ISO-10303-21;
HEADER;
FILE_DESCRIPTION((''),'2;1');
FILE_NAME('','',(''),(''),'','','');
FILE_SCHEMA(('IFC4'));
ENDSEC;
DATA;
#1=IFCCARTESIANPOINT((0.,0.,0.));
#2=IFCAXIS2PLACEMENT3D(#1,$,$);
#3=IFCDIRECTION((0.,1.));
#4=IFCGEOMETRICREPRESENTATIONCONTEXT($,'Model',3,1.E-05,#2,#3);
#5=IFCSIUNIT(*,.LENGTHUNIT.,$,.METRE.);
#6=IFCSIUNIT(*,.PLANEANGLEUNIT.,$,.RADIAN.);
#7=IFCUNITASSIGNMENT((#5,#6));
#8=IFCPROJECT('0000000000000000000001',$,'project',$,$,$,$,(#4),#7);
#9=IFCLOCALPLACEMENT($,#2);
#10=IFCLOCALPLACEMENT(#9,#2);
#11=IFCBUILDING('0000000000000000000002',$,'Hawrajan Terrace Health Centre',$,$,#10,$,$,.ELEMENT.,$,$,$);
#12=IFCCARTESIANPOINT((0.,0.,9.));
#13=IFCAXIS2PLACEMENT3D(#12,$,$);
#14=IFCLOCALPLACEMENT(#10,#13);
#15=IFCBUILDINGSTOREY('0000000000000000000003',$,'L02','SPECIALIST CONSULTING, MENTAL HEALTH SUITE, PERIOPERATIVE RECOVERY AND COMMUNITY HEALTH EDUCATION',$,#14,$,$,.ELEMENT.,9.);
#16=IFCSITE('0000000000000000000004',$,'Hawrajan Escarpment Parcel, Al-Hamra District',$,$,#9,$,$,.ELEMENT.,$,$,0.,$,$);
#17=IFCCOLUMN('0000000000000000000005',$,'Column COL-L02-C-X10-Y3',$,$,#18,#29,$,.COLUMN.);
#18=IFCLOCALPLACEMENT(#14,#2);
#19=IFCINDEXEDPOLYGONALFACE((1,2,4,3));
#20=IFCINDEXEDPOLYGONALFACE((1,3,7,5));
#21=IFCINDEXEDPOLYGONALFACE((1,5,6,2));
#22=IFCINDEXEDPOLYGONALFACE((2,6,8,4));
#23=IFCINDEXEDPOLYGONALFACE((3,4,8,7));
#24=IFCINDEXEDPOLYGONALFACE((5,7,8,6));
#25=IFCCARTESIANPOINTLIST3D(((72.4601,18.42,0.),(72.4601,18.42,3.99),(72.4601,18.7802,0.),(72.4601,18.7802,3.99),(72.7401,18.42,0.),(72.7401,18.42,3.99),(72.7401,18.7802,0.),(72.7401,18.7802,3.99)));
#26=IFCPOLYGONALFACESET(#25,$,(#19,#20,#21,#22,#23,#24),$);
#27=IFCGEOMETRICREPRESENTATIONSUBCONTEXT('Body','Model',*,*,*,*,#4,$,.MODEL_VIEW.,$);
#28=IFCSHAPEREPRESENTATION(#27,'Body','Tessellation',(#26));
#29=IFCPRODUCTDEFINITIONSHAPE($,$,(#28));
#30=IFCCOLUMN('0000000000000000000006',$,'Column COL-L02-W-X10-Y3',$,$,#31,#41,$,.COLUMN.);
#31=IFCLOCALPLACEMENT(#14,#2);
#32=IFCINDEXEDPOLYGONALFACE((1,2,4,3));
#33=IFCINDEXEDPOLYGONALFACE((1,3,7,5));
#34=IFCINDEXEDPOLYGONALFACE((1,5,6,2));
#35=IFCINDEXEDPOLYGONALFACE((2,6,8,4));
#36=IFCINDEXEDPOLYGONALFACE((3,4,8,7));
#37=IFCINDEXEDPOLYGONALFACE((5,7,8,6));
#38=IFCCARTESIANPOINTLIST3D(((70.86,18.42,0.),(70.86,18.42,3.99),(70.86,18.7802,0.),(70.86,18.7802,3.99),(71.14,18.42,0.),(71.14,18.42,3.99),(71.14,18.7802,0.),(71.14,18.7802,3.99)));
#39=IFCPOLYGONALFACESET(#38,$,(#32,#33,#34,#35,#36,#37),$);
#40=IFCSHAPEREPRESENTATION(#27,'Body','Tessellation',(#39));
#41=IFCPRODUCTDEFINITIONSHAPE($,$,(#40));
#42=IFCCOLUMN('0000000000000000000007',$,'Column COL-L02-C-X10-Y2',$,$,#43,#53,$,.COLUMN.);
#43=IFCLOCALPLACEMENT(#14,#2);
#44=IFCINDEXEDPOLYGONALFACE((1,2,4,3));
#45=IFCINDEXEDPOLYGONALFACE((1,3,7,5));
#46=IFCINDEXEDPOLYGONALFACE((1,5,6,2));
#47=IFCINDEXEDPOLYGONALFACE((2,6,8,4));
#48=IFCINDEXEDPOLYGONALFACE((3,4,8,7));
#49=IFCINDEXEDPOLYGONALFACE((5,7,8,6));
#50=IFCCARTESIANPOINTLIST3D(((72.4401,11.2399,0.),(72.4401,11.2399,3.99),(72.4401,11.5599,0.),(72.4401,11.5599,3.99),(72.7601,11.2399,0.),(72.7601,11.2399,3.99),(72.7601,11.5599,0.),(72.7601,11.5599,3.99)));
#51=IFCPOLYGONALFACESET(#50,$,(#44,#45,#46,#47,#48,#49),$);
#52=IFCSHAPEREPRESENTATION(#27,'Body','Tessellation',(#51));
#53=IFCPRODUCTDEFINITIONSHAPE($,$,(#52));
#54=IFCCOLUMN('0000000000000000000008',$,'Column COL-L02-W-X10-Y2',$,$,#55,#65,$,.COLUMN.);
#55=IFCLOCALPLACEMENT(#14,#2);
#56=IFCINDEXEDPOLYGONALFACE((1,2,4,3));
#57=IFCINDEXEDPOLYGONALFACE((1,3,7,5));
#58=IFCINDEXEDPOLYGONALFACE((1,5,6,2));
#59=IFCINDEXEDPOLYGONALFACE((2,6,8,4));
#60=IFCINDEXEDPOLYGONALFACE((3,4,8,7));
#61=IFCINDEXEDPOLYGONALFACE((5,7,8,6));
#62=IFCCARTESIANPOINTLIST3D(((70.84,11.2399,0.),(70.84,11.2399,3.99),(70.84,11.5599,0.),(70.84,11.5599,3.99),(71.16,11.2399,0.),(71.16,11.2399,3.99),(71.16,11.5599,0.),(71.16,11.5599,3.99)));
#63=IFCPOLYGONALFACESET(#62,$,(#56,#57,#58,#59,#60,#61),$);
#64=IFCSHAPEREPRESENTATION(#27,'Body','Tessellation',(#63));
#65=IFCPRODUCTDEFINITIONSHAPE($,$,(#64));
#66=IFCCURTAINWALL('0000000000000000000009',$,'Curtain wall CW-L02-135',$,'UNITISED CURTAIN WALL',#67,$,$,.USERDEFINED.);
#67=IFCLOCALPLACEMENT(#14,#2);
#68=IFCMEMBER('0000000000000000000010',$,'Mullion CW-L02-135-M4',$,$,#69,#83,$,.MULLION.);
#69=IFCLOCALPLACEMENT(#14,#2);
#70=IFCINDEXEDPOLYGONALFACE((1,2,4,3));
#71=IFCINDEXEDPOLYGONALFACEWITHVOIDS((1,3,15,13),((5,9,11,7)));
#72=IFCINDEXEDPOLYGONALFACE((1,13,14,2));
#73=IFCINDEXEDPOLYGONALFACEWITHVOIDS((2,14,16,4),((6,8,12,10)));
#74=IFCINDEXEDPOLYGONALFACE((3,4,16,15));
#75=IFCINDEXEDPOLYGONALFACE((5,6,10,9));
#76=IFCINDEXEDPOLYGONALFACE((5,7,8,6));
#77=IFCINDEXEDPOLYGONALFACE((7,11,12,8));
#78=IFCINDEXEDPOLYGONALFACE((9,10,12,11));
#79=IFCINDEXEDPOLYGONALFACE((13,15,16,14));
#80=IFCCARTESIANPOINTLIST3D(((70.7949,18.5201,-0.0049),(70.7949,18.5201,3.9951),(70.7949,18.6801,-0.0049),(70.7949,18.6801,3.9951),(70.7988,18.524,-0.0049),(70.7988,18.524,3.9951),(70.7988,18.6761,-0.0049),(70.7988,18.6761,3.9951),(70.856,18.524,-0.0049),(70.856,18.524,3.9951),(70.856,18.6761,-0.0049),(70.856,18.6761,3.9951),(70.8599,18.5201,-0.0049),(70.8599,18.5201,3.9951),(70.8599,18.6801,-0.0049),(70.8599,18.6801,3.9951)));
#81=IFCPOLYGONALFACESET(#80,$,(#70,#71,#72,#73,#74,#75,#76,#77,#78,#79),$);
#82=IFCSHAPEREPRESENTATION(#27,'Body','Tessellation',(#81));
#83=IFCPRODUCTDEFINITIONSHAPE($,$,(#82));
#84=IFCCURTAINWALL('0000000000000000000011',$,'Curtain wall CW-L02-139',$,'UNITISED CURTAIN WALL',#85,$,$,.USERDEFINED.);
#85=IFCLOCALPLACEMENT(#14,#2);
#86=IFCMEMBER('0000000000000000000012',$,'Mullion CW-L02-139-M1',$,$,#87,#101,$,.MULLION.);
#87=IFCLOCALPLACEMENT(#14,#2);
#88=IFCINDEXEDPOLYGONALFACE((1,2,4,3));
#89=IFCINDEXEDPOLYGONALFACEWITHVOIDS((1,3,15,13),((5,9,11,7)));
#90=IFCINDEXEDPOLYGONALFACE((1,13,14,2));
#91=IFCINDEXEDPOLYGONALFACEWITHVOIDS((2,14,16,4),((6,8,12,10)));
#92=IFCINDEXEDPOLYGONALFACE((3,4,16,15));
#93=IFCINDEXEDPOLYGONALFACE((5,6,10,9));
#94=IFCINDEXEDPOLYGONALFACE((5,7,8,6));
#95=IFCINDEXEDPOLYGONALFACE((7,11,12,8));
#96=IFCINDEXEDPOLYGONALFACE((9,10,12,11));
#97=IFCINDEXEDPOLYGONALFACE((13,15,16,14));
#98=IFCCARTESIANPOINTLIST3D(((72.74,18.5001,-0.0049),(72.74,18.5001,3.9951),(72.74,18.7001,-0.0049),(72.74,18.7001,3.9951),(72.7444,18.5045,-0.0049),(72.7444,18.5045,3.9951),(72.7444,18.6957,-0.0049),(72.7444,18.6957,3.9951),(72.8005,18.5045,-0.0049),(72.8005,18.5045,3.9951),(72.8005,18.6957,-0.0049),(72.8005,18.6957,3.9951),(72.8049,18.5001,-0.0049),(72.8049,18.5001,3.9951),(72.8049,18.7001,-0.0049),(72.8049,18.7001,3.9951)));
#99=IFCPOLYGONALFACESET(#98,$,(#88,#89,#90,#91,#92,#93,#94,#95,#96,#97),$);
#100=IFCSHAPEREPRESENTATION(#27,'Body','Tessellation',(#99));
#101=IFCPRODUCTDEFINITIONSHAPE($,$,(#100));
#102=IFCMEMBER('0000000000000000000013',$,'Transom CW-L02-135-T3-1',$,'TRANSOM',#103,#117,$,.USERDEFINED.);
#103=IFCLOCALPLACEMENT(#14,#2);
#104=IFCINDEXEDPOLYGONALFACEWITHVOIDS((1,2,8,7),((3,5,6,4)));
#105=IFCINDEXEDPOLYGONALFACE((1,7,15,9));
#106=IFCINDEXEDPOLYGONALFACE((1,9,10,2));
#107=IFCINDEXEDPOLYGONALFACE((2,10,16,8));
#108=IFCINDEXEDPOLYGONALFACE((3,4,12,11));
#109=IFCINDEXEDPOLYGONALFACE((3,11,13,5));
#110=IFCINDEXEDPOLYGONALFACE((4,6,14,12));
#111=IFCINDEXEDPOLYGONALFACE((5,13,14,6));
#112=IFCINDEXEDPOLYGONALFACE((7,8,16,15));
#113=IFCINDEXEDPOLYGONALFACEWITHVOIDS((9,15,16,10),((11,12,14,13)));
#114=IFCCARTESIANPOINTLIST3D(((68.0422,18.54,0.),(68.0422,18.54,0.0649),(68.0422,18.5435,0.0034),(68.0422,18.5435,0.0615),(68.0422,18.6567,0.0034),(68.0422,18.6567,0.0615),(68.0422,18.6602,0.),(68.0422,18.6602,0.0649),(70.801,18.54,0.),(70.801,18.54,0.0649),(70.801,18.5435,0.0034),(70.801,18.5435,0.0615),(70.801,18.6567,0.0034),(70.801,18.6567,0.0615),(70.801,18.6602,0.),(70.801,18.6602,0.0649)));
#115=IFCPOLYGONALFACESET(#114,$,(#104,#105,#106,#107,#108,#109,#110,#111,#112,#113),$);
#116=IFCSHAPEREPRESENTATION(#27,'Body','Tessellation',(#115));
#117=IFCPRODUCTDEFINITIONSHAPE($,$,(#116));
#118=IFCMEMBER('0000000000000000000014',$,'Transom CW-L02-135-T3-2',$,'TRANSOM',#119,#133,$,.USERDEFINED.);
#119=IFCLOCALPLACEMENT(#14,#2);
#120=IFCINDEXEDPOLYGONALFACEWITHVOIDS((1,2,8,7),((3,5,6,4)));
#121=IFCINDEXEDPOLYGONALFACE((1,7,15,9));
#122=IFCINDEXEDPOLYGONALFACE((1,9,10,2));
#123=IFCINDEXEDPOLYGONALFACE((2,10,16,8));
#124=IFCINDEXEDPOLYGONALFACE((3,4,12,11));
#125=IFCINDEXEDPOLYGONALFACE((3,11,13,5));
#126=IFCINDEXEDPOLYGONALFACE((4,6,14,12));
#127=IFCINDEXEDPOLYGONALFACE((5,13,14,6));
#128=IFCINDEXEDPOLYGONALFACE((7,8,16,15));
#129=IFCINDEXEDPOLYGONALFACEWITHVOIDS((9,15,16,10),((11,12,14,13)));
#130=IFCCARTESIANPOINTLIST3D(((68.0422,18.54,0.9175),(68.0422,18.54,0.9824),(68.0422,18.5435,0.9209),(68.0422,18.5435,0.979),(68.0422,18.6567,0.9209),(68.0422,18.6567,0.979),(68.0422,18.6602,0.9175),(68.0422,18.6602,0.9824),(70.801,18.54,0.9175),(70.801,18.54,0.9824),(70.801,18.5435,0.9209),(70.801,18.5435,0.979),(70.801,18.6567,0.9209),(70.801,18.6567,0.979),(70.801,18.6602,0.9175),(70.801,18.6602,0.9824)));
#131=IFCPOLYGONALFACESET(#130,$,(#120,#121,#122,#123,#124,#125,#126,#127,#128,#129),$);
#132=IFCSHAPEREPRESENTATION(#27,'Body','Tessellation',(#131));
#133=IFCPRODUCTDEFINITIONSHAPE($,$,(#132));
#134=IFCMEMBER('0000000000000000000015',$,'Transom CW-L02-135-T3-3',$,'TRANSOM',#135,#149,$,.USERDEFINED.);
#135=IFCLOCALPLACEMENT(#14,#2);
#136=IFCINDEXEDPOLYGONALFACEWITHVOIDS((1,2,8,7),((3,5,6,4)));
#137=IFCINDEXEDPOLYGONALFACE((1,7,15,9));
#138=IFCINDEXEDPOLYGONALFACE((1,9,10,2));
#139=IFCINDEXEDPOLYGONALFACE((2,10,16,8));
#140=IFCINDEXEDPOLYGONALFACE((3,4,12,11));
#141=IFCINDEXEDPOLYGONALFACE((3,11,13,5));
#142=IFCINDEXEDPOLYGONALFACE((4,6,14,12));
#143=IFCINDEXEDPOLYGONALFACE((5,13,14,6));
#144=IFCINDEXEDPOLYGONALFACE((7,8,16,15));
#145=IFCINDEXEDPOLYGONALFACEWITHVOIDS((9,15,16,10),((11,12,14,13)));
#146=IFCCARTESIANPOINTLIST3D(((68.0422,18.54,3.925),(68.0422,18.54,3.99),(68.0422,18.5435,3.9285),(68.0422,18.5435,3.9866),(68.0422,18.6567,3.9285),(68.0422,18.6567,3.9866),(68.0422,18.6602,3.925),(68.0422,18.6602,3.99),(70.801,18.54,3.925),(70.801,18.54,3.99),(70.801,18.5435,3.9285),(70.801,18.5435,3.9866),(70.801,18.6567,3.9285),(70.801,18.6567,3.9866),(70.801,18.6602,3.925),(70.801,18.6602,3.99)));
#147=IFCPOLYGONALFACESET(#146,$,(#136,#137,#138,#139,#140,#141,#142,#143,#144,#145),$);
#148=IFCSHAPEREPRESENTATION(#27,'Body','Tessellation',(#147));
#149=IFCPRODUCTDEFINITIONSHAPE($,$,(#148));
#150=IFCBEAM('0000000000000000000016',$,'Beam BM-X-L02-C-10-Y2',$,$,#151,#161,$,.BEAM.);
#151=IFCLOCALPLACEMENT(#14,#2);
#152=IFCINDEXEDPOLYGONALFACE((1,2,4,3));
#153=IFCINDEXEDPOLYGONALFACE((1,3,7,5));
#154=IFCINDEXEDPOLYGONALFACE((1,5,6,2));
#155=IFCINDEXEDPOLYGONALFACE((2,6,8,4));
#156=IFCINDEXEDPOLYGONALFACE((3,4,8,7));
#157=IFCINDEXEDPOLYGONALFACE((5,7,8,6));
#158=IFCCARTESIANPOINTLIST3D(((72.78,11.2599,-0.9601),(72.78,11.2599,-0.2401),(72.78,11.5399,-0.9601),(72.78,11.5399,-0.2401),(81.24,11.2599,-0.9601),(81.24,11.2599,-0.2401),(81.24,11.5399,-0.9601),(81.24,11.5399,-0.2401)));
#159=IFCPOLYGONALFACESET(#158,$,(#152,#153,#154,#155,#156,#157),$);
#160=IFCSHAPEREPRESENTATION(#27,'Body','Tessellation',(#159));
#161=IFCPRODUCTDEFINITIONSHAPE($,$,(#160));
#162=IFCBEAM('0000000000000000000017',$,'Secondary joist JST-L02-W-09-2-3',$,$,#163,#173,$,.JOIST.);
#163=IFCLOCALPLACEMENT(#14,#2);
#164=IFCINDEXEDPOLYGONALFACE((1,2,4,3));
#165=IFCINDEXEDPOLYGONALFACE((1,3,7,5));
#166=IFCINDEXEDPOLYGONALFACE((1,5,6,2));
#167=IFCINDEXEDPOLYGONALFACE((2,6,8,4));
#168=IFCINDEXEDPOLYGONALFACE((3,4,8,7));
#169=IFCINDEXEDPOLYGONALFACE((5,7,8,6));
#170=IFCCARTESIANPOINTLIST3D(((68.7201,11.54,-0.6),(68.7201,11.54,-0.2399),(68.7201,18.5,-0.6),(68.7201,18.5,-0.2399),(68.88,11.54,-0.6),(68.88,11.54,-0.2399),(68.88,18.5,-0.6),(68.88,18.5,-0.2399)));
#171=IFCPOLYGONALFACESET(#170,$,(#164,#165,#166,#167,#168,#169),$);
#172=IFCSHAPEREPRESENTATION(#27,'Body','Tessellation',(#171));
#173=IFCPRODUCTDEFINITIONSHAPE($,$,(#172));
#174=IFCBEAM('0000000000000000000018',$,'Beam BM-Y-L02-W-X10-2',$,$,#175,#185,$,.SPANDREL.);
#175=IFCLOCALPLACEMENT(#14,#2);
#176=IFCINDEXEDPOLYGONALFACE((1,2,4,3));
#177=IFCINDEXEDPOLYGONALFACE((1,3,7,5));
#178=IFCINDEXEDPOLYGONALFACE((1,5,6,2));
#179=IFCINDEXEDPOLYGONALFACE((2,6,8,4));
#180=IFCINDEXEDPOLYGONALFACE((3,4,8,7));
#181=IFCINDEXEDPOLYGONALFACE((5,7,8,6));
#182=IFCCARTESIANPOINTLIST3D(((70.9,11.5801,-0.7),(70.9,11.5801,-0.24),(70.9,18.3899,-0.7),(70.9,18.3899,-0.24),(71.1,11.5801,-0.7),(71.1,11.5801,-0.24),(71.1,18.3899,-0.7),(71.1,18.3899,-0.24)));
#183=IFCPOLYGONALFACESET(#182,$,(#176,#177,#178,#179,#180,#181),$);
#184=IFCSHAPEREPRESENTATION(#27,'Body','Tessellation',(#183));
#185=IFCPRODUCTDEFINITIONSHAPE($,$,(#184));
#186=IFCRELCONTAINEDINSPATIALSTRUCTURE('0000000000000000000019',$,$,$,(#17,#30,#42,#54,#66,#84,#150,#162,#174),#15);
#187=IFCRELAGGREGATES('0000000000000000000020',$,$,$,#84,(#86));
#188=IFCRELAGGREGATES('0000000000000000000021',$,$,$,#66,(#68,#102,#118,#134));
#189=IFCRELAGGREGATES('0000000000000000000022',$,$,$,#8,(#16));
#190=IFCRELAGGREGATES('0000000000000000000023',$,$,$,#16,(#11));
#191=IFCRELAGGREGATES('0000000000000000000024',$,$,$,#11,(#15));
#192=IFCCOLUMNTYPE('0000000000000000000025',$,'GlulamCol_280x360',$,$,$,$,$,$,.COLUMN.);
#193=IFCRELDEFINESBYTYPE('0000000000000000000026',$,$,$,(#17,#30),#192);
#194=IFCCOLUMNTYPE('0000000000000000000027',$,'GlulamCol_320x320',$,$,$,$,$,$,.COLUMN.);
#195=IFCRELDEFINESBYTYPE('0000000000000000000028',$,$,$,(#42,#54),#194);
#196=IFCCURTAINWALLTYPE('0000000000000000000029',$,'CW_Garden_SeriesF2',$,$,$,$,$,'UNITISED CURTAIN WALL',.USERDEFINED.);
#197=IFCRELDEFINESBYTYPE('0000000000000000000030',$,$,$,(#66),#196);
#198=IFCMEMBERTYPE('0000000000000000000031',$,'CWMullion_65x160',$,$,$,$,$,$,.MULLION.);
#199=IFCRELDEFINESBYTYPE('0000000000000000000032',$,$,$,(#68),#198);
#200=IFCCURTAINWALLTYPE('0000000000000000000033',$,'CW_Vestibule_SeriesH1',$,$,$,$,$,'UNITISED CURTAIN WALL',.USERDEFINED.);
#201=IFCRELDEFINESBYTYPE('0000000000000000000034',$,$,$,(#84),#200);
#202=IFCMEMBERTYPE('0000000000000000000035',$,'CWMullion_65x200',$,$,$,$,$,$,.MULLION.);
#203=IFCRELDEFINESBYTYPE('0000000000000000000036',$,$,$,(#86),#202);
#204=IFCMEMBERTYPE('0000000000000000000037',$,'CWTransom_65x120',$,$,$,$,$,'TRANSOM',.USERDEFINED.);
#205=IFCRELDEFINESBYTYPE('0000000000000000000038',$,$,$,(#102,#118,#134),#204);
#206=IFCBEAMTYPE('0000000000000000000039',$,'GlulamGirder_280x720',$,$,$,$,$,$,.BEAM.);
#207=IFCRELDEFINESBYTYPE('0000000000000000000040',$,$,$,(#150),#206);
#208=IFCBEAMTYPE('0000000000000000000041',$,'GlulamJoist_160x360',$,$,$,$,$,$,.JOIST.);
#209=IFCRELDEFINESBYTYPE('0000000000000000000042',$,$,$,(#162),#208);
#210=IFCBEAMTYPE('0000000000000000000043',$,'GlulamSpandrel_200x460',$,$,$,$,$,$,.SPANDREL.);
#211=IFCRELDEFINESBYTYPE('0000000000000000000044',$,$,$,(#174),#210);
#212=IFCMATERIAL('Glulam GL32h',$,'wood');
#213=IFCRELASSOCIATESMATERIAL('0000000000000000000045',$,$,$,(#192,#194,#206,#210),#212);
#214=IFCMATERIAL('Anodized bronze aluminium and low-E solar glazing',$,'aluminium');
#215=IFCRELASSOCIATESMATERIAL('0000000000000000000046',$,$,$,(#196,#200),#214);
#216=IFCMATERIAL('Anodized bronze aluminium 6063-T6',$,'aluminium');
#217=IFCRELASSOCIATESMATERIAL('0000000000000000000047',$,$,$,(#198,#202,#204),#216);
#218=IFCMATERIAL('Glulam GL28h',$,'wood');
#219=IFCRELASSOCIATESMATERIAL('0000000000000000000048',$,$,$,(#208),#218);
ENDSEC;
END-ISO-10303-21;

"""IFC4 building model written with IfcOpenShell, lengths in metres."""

from ifc_helpers import new_model, si_unit, direction, frame, origin, origin_2d, place, context, subcontext, project, spatial, rectangle, hollow_rectangle, extrude, material, material_profile, profile_set, type_object, element, aggregate, save


model = new_model("IFC4")

# Units and contexts
model_context = context("Model", 3, precision=1e-05, world=origin(), true_north=direction((0.0, 1.0)))
body_context = subcontext(model_context, "Body", "Model", "MODEL_VIEW")
ifc_project = project(units=[si_unit("LENGTHUNIT", "METRE"), si_unit("PLANEANGLEUNIT", "RADIAN")], contexts=[model_context])

# Site, building, storey
site_placement = place(None, origin())
site = spatial("IfcSite", under=ifc_project, at=site_placement, Name="Hawrajan Escarpment Parcel, Al-Hamra District", CompositionType="ELEMENT", RefElevation=0.0)
building_placement = place(site_placement, origin())
building = spatial("IfcBuilding", under=site, at=building_placement, Name="Hawrajan Terrace Health Centre", CompositionType="ELEMENT")
storey_placement = place(building_placement, frame((0.0, 0.0, 9.0)))
storey = spatial("IfcBuildingStorey", under=building, at=storey_placement, Name="L02", Description="SPECIALIST CONSULTING, MENTAL HEALTH SUITE, PERIOPERATIVE RECOVERY AND COMMUNITY HEALTH EDUCATION", CompositionType="ELEMENT", Elevation=9.0)

# Columns
ifc_material_1 = material(Name="Glulam GL32h", Category="wood")
ifc_material_profile_1 = material_profile(ifc_material_1, rectangle(XDim=0.28, YDim=0.3601, at=origin_2d()), Name="GL 280x360")
ifc_profile_set_1 = profile_set([ifc_material_profile_1], Name="Glulam GL32h")
column_type_1 = type_object("IfcColumnType", Name="GlulamCol_280x360", PredefinedType="COLUMN", material=ifc_profile_set_1)
for number, where, z_axis, x_axis, name in (
    (1, (72.6001, 18.6001, 0.0), (0.0, 0.0, 1.0), (1.0, 0.0, 0.0), "Column COL-L02-C-X10-Y3"),
    (2, (71.0, 18.6001, 0.0), (0.0, 0.0, 1.0), (1.0, 0.0, 0.0), "Column COL-L02-W-X10-Y3"),
):
    element("IfcColumn", number, at=place(storey_placement, frame(where, z_axis=z_axis, x_axis=x_axis)), inside=storey, type_object=column_type_1, Name=name, PredefinedType="COLUMN", context=body_context, shape_type="SweptSolid", body=[
        extrude(rectangle(XDim=0.28, YDim=0.3601, at=origin_2d()), origin(), (0.0, 0.0, 1.0), 3.99),
    ])
ifc_material_profile_2 = material_profile(ifc_material_1, rectangle(XDim=0.3201, YDim=0.3201, at=origin_2d()), Name="GL 320x320")
ifc_profile_set_2 = profile_set([ifc_material_profile_2], Name="Glulam GL32h")
column_type_2 = type_object("IfcColumnType", Name="GlulamCol_320x320", PredefinedType="COLUMN", material=ifc_profile_set_2)
for number, where, z_axis, x_axis, name in (
    (3, (72.6001, 11.3999, 0.0), (0.0, 0.0, 1.0), (1.0, 0.0, 0.0), "Column COL-L02-C-X10-Y2"),
    (4, (71.0, 11.3999, 0.0), (0.0, 0.0, 1.0), (1.0, 0.0, 0.0), "Column COL-L02-W-X10-Y2"),
):
    element("IfcColumn", number, at=place(storey_placement, frame(where, z_axis=z_axis, x_axis=x_axis)), inside=storey, type_object=column_type_2, Name=name, PredefinedType="COLUMN", context=body_context, shape_type="SweptSolid", body=[
        extrude(rectangle(XDim=0.3201, YDim=0.3201, at=origin_2d()), origin(), (0.0, 0.0, 1.0), 3.99),
    ])

# Curtain walls, members
ifc_material_2 = material(Name="Anodized bronze aluminium and low-E solar glazing", Category="aluminium")
curtain_wall_type_1 = type_object("IfcCurtainWallType", Name="CW_Garden_SeriesF2", ElementType="UNITISED CURTAIN WALL", PredefinedType="USERDEFINED", material=ifc_material_2)
curtain_wall_1_placement = place(storey_placement, origin())
curtain_wall_1 = element("IfcCurtainWall", 5, at=curtain_wall_1_placement, inside=storey, type_object=curtain_wall_type_1, Name="Curtain wall CW-L02-135", ObjectType="UNITISED CURTAIN WALL", PredefinedType="USERDEFINED")
ifc_material_3 = material(Name="Anodized bronze aluminium 6063-T6", Category="aluminium")
ifc_material_profile_3 = material_profile(ifc_material_3, hollow_rectangle(XDim=0.0649, YDim=0.1599, WallThickness=0.0039, at=origin_2d()), Name="CW MUL 65x160")
ifc_profile_set_3 = profile_set([ifc_material_profile_3], Name="Anodized bronze aluminium 6063-T6")
member_type_1 = type_object("IfcMemberType", Name="CWMullion_65x160", PredefinedType="MULLION", material=ifc_profile_set_3)
member_1_placement = place(storey_placement, frame((70.8274, 18.6001, -0.0049), z_axis=(0.0, 0.0, 1.0), x_axis=(1.0, 0.0, 0.0)))
member_1 = element("IfcMember", 6, at=member_1_placement, type_object=member_type_1, Name="Mullion CW-L02-135-M4", PredefinedType="MULLION", context=body_context, shape_type="SweptSolid", body=[
    extrude(hollow_rectangle(XDim=0.0649, YDim=0.1599, WallThickness=0.0039, at=origin_2d()), origin(), (0.0, 0.0, 1.0), 4.0),
])
curtain_wall_type_2 = type_object("IfcCurtainWallType", Name="CW_Vestibule_SeriesH1", ElementType="UNITISED CURTAIN WALL", PredefinedType="USERDEFINED", material=ifc_material_2)
curtain_wall_2_placement = place(storey_placement, origin())
curtain_wall_2 = element("IfcCurtainWall", 7, at=curtain_wall_2_placement, inside=storey, type_object=curtain_wall_type_2, Name="Curtain wall CW-L02-139", ObjectType="UNITISED CURTAIN WALL", PredefinedType="USERDEFINED")
ifc_material_profile_4 = material_profile(ifc_material_3, hollow_rectangle(XDim=0.0649, YDim=0.2, WallThickness=0.0044, at=origin_2d()), Name="CW MUL 65x200")
ifc_profile_set_4 = profile_set([ifc_material_profile_4], Name="Anodized bronze aluminium 6063-T6")
member_type_2 = type_object("IfcMemberType", Name="CWMullion_65x200", PredefinedType="MULLION", material=ifc_profile_set_4)
member_2_placement = place(storey_placement, frame((72.7725, 18.6001, -0.0049), z_axis=(0.0, 0.0, 1.0), x_axis=(1.0, 0.0, 0.0)))
member_2 = element("IfcMember", 8, at=member_2_placement, type_object=member_type_2, Name="Mullion CW-L02-139-M1", PredefinedType="MULLION", context=body_context, shape_type="SweptSolid", body=[
    extrude(hollow_rectangle(XDim=0.0649, YDim=0.2, WallThickness=0.0044, at=origin_2d()), origin(), (0.0, 0.0, 1.0), 4.0),
])
aggregate(curtain_wall_2, [member_2])

# Members
ifc_material_profile_5 = material_profile(ifc_material_3, hollow_rectangle(XDim=0.0649, YDim=0.1201, WallThickness=0.0034, at=origin_2d()), Name="CW TRN 65x120")
ifc_profile_set_5 = profile_set([ifc_material_profile_5], Name="Anodized bronze aluminium 6063-T6")
member_type_3 = type_object("IfcMemberType", Name="CWTransom_65x120", ElementType="TRANSOM", PredefinedType="USERDEFINED", material=ifc_profile_set_5)
member_3_placement = place(storey_placement, frame((68.0422, 18.6001, 0.0325), z_axis=(1.0, 0.0, 0.0), x_axis=(0.0, 0.0, 1.0)))
member_3 = element("IfcMember", 9, at=member_3_placement, type_object=member_type_3, Name="Transom CW-L02-135-T3-1", ObjectType="TRANSOM", PredefinedType="USERDEFINED", context=body_context, shape_type="SweptSolid", body=[
    extrude(hollow_rectangle(XDim=0.0649, YDim=0.1201, WallThickness=0.0034, at=origin_2d()), origin(), (0.0, 0.0, 1.0), 2.7588),
])
member_4_placement = place(storey_placement, frame((68.0422, 18.6001, 0.95), z_axis=(1.0, 0.0, 0.0), x_axis=(0.0, 0.0, 1.0)))
member_4 = element("IfcMember", 10, at=member_4_placement, type_object=member_type_3, Name="Transom CW-L02-135-T3-2", ObjectType="TRANSOM", PredefinedType="USERDEFINED", context=body_context, shape_type="SweptSolid", body=[
    extrude(hollow_rectangle(XDim=0.0649, YDim=0.1201, WallThickness=0.0034, at=origin_2d()), origin(), (0.0, 0.0, 1.0), 2.7588),
])
member_5_placement = place(storey_placement, frame((68.0422, 18.6001, 3.9575), z_axis=(1.0, 0.0, 0.0), x_axis=(0.0, 0.0, 1.0)))
member_5 = element("IfcMember", 11, at=member_5_placement, type_object=member_type_3, Name="Transom CW-L02-135-T3-3", ObjectType="TRANSOM", PredefinedType="USERDEFINED", context=body_context, shape_type="SweptSolid", body=[
    extrude(hollow_rectangle(XDim=0.0649, YDim=0.1201, WallThickness=0.0034, at=origin_2d()), origin(), (0.0, 0.0, 1.0), 2.7588),
])

# Beams
ifc_material_profile_6 = material_profile(ifc_material_1, rectangle(XDim=0.28, YDim=0.72, at=origin_2d()), Name="GL BM 280x720")
ifc_profile_set_6 = profile_set([ifc_material_profile_6], Name="Glulam GL32h")
beam_type_1 = type_object("IfcBeamType", Name="GlulamGirder_280x720", PredefinedType="BEAM", material=ifc_profile_set_6)
beam_1_placement = place(storey_placement, frame((72.78, 11.3999, -0.6001), z_axis=(1.0, 0.0, 0.0), x_axis=(0.0, 1.0, 0.0)))
element("IfcBeam", 12, at=beam_1_placement, inside=storey, type_object=beam_type_1, Name="Beam BM-X-L02-C-10-Y2", PredefinedType="BEAM", context=body_context, shape_type="SweptSolid", body=[
    extrude(rectangle(XDim=0.28, YDim=0.72, at=origin_2d()), origin(), (0.0, 0.0, 1.0), 8.46),
])
ifc_material_4 = material(Name="Glulam GL28h", Category="wood")
ifc_material_profile_7 = material_profile(ifc_material_4, rectangle(XDim=0.1599, YDim=0.3601, at=origin_2d()), Name="GL JST 160x360")
ifc_profile_set_7 = profile_set([ifc_material_profile_7], Name="Glulam GL28h")
beam_type_2 = type_object("IfcBeamType", Name="GlulamJoist_160x360", PredefinedType="JOIST", material=ifc_profile_set_7)
beam_2_placement = place(storey_placement, frame((68.8, 11.54, -0.4199), z_axis=(0.0, 1.0, 0.0), x_axis=(-1.0, 0.0, 0.0)))
element("IfcBeam", 13, at=beam_2_placement, inside=storey, type_object=beam_type_2, Name="Secondary joist JST-L02-W-09-2-3", PredefinedType="JOIST", context=body_context, shape_type="SweptSolid", body=[
    extrude(rectangle(XDim=0.1599, YDim=0.3601, at=origin_2d()), origin(), (0.0, 0.0, 1.0), 6.96),
])
ifc_material_profile_8 = material_profile(ifc_material_1, rectangle(XDim=0.2, YDim=0.46, at=origin_2d()), Name="GL SP 200x460")
ifc_profile_set_8 = profile_set([ifc_material_profile_8], Name="Glulam GL32h")
beam_type_3 = type_object("IfcBeamType", Name="GlulamSpandrel_200x460", PredefinedType="SPANDREL", material=ifc_profile_set_8)
beam_3_placement = place(storey_placement, frame((71.0, 11.5801, -0.47), z_axis=(0.0, 1.0, 0.0), x_axis=(-1.0, 0.0, 0.0)))
element("IfcBeam", 14, at=beam_3_placement, inside=storey, type_object=beam_type_3, Name="Beam BM-Y-L02-W-X10-2", PredefinedType="SPANDREL", context=body_context, shape_type="SweptSolid", body=[
    extrude(rectangle(XDim=0.2, YDim=0.46, at=origin_2d()), origin(), (0.0, 0.0, 1.0), 6.8098),
])

aggregate(curtain_wall_1, [member_1, member_3, member_4, member_5])

save(model, "model.ifc")
